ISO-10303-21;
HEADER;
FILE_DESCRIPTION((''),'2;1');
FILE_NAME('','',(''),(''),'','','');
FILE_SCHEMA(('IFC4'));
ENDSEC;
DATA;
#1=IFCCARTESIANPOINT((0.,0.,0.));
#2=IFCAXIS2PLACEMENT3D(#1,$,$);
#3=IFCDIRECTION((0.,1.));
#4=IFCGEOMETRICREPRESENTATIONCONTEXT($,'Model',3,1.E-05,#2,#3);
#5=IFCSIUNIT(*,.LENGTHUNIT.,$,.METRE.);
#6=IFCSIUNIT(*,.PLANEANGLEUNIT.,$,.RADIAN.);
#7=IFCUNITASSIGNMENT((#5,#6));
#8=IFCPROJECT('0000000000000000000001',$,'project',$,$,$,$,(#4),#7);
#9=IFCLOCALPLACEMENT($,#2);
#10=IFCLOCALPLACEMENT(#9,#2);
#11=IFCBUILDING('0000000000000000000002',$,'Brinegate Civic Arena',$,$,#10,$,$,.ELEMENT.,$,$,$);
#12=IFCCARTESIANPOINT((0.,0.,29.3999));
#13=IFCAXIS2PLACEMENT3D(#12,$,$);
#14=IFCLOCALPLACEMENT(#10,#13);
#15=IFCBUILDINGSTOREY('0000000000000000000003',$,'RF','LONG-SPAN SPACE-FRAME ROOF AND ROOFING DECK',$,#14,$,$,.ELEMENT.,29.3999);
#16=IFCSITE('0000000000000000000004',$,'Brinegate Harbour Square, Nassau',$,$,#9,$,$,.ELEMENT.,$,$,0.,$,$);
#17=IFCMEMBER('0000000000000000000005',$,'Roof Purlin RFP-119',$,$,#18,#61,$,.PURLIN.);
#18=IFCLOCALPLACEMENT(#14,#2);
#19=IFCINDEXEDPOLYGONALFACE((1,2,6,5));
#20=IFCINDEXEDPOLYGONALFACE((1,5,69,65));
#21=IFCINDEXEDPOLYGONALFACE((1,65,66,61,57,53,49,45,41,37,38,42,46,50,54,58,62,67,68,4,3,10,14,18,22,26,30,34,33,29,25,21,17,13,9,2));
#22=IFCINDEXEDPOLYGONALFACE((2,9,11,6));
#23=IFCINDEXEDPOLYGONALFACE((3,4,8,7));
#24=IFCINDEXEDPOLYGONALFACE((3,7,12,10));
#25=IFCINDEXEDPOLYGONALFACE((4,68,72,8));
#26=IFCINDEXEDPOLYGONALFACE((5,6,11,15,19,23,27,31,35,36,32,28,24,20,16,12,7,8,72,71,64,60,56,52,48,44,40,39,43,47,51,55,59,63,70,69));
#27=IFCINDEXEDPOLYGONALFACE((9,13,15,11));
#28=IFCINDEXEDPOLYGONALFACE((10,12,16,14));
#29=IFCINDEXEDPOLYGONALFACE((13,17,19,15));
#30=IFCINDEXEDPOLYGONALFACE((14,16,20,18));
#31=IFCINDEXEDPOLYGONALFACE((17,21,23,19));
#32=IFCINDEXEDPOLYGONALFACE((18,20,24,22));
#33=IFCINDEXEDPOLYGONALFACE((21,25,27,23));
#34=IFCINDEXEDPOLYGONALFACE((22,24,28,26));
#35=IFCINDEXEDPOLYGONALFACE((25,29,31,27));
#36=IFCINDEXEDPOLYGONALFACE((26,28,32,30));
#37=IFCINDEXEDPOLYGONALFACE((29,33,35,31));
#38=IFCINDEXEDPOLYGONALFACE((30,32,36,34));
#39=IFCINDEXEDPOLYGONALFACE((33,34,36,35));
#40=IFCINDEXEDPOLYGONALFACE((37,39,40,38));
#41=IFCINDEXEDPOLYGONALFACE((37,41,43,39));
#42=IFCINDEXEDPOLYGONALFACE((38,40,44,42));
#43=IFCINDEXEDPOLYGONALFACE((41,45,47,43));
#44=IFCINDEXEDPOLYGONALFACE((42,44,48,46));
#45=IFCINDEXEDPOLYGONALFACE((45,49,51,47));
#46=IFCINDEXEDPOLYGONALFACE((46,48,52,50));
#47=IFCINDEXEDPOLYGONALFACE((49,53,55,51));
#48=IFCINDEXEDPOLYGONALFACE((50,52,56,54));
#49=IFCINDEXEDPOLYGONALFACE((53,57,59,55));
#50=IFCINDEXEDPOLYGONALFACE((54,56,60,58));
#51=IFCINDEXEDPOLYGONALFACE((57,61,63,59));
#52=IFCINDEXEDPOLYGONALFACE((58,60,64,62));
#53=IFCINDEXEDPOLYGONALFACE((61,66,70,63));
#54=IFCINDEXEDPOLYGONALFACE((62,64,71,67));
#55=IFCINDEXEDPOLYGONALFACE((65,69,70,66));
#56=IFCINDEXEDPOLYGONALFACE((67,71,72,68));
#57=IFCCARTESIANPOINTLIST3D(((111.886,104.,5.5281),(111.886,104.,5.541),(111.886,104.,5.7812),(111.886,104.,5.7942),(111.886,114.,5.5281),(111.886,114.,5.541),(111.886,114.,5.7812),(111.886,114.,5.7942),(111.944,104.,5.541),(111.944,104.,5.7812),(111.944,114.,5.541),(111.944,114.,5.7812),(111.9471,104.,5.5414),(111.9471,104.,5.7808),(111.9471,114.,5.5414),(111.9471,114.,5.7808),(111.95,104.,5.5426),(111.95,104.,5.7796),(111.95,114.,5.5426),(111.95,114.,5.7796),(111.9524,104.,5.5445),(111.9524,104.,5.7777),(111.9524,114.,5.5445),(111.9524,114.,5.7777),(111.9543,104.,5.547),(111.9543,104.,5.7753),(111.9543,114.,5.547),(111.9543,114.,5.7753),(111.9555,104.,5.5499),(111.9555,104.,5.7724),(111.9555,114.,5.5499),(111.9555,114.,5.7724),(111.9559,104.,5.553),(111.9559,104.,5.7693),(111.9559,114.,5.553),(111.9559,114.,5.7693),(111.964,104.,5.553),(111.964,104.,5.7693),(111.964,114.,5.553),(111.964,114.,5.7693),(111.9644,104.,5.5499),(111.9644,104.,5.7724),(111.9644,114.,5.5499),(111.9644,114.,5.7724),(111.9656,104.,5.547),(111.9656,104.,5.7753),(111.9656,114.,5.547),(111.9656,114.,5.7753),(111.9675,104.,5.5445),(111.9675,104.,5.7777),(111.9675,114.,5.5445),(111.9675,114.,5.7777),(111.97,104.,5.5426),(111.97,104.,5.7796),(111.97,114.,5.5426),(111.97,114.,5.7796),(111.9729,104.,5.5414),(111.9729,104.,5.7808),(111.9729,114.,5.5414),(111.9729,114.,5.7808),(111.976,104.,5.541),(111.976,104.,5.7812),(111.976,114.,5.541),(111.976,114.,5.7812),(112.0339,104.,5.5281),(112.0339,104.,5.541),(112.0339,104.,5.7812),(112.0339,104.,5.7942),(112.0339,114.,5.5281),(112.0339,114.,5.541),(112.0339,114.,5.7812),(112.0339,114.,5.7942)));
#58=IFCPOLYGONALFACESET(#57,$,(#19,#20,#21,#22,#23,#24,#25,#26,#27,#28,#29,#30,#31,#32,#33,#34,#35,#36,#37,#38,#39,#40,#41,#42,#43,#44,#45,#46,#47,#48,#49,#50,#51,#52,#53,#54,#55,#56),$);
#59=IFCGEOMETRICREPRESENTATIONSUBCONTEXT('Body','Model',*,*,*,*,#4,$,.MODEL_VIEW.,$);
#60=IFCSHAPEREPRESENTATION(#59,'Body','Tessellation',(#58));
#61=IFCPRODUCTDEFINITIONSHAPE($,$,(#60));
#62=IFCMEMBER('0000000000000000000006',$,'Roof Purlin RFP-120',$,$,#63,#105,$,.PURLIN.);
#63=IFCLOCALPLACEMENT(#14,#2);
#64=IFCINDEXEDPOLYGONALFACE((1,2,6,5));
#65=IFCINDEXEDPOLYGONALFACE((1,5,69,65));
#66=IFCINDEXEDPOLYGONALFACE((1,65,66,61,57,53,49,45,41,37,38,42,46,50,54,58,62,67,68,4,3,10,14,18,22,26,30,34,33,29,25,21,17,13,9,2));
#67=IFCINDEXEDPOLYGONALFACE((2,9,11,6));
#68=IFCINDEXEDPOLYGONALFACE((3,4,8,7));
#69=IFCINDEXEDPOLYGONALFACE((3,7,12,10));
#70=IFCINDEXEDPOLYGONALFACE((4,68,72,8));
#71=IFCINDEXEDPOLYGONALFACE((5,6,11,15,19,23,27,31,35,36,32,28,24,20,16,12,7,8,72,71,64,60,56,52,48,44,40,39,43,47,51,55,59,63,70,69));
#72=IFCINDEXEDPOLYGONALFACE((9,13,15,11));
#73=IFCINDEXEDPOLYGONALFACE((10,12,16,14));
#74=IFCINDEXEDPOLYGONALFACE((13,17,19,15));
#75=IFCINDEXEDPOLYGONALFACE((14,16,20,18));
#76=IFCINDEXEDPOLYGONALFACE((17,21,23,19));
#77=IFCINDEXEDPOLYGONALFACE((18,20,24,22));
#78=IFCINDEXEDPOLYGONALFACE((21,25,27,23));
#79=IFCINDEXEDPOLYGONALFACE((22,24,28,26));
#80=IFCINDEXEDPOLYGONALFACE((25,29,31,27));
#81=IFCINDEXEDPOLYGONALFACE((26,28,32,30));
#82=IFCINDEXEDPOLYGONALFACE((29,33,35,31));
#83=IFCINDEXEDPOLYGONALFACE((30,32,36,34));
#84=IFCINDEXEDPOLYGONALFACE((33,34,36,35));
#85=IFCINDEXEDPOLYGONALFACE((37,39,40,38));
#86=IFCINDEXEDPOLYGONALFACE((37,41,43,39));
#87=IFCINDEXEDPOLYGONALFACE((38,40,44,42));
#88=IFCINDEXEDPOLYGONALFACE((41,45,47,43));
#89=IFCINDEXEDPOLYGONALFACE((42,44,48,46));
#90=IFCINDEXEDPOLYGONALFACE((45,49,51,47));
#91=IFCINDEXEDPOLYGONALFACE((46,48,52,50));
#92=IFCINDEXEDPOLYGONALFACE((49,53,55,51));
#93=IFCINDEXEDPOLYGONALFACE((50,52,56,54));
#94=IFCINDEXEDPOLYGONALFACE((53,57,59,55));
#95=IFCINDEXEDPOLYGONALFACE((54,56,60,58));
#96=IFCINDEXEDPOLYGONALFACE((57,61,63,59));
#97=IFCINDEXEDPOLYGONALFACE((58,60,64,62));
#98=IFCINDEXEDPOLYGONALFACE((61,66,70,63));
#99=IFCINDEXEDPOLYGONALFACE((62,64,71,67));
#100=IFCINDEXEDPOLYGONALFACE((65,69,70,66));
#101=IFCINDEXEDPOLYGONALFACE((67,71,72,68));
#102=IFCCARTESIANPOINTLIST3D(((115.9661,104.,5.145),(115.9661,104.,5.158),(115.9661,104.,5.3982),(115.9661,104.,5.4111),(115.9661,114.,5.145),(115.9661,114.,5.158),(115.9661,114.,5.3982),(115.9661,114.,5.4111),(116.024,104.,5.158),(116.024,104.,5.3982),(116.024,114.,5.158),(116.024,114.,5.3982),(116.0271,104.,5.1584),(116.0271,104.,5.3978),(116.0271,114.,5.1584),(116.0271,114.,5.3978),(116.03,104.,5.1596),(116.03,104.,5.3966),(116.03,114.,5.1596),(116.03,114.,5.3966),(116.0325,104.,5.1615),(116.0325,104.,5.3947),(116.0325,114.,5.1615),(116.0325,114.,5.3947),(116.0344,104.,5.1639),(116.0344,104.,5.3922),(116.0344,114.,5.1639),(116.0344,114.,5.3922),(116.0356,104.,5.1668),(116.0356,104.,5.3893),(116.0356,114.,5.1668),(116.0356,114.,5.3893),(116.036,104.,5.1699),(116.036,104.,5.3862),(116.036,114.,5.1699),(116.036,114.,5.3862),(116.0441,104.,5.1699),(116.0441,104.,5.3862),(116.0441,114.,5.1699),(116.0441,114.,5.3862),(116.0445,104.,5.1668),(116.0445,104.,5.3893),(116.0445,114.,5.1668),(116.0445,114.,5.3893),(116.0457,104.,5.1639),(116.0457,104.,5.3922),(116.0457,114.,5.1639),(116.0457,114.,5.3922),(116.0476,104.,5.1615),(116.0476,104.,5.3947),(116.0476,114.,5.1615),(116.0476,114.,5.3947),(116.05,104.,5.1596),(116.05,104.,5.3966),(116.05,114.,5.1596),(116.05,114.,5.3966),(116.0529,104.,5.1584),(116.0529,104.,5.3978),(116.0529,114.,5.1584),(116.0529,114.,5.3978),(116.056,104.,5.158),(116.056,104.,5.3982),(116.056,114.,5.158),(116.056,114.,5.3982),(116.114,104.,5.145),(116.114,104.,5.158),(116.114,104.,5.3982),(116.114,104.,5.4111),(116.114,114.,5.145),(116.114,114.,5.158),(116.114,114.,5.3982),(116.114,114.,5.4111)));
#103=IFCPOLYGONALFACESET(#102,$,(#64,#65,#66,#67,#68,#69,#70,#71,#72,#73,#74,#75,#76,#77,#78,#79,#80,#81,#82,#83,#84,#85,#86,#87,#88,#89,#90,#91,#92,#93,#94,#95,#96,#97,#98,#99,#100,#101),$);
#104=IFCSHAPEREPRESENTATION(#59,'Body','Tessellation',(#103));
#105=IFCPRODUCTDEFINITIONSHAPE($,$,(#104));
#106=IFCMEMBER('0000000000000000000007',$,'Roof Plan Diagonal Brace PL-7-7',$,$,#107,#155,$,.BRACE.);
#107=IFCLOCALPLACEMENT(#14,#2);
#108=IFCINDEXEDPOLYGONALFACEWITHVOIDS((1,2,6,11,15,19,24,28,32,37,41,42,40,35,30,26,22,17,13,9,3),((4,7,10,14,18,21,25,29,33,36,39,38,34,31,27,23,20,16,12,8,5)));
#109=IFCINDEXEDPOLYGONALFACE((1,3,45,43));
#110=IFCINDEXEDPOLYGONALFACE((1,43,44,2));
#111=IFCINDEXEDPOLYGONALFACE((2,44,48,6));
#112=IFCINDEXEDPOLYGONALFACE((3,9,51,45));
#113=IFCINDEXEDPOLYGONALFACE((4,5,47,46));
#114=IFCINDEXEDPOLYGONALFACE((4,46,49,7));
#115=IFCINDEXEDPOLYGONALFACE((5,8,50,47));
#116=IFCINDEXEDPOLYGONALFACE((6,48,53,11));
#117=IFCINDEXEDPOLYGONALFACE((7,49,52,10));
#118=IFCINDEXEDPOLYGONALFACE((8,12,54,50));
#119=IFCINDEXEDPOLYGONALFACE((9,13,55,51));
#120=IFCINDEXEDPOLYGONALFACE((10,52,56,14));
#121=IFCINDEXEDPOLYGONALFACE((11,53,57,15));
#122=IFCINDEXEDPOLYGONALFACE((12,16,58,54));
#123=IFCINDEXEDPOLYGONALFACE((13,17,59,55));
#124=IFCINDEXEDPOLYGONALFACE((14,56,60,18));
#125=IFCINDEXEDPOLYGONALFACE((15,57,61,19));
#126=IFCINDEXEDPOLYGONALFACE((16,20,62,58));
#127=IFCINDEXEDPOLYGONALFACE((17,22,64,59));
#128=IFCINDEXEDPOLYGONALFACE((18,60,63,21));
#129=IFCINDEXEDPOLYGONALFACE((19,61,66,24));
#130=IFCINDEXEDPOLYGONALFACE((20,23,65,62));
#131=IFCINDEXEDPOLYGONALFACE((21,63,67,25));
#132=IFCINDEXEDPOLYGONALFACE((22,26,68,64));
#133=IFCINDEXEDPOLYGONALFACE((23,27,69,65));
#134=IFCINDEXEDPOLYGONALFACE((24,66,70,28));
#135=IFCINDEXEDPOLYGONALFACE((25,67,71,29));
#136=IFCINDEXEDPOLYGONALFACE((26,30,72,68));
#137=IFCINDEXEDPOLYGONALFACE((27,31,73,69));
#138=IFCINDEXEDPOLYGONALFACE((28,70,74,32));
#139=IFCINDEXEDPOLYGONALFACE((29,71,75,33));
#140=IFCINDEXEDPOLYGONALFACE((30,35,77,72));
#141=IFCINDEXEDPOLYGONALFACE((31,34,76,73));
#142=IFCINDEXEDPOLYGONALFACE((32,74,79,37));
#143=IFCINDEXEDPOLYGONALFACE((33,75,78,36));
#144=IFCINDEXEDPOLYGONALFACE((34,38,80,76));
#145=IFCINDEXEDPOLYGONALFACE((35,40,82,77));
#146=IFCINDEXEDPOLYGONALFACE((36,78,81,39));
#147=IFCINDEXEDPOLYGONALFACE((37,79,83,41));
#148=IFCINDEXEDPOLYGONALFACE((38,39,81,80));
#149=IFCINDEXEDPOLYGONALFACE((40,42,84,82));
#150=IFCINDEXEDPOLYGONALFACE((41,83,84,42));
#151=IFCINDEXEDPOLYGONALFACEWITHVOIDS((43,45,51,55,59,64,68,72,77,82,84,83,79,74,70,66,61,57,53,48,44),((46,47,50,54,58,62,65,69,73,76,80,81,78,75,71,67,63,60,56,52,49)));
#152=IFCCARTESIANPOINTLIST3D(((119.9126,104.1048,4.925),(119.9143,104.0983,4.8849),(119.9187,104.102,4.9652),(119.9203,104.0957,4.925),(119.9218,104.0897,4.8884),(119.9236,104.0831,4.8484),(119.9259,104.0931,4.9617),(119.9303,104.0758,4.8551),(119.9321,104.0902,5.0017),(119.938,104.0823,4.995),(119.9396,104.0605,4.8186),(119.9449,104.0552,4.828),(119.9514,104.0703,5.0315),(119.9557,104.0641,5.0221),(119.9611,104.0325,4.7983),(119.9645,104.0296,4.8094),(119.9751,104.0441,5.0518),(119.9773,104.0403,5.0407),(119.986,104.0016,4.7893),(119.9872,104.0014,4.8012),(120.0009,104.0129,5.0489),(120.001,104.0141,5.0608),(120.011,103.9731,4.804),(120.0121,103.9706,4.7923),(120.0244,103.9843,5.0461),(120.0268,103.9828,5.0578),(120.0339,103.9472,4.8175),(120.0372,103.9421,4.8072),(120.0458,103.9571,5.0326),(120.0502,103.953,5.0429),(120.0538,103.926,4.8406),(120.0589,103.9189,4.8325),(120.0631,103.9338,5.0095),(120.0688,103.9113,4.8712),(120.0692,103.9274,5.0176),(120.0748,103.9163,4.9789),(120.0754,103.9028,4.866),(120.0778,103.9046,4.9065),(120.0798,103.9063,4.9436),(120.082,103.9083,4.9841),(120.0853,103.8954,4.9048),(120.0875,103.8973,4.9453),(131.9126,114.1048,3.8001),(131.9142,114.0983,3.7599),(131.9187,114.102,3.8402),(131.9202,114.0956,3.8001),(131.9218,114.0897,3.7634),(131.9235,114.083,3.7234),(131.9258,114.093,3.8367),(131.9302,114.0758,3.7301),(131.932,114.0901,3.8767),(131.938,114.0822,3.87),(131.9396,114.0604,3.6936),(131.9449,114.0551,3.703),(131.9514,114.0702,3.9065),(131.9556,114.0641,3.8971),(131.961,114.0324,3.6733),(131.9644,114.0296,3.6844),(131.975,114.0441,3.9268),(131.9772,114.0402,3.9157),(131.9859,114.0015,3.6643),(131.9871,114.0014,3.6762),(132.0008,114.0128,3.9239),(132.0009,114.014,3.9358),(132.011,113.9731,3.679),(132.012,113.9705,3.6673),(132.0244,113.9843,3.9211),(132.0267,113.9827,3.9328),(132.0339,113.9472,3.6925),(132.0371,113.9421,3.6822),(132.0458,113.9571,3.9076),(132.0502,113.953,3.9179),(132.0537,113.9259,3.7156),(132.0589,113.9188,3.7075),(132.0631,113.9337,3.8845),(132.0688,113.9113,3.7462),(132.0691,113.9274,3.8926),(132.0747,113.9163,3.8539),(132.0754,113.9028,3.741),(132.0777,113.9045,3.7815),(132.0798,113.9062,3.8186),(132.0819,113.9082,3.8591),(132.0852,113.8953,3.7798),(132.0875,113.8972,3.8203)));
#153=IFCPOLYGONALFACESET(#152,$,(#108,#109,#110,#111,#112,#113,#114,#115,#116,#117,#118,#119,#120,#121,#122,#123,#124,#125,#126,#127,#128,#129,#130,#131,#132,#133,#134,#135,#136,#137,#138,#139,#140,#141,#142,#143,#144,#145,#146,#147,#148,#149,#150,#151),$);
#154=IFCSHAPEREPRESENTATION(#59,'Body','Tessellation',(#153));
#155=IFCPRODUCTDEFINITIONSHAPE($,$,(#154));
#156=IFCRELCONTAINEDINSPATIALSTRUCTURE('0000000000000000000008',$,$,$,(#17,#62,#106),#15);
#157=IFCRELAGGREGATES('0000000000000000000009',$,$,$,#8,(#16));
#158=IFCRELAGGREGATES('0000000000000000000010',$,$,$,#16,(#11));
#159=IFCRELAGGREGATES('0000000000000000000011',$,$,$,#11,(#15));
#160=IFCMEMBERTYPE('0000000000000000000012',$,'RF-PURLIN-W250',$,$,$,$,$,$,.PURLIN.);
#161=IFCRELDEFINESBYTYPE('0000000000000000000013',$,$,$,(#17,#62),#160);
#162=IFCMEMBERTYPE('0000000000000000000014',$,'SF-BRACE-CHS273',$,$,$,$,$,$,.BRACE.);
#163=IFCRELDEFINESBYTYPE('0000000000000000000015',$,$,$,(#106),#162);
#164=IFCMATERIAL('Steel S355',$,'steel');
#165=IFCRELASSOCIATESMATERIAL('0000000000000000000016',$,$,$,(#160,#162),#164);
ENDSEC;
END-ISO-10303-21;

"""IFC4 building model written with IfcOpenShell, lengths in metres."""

from ifc_helpers import new_model, si_unit, direction, frame, origin, origin_2d, place, context, subcontext, project, spatial, hollow_circle, i_section, extrude, material, material_profile, profile_set, type_object, element, save


model = new_model("IFC4")

# Units and contexts
model_context = context("Model", 3, precision=1e-05, world=origin(), true_north=direction((0.0, 1.0)))
body_context = subcontext(model_context, "Body", "Model", "MODEL_VIEW")
ifc_project = project(units=[si_unit("LENGTHUNIT", "METRE"), si_unit("PLANEANGLEUNIT", "RADIAN")], contexts=[model_context])

# Site, building, storey
site_placement = place(None, origin())
site = spatial("IfcSite", under=ifc_project, at=site_placement, Name="Brinegate Harbour Square, Nassau", CompositionType="ELEMENT", RefElevation=0.0)
building_placement = place(site_placement, origin())
building = spatial("IfcBuilding", under=site, at=building_placement, Name="Brinegate Civic Arena", CompositionType="ELEMENT")
storey_placement = place(building_placement, frame((0.0, 0.0, 29.3999)))
storey = spatial("IfcBuildingStorey", under=building, at=storey_placement, Name="RF", Description="LONG-SPAN SPACE-FRAME ROOF AND ROOFING DECK", CompositionType="ELEMENT", Elevation=29.3999)

# Shared definitions
ifc_material_1 = material(Name="Steel S355", Category="steel")

# Members
ifc_material_profile_1 = material_profile(ifc_material_1, i_section(OverallWidth=0.1479, OverallDepth=0.2661, WebThickness=0.0081, FlangeThickness=0.0129, FilletRadius=0.012, at=origin_2d()), Name="W250X45")
ifc_profile_set_1 = profile_set([ifc_material_profile_1], Name="Steel S355")
member_type_1 = type_object("IfcMemberType", Name="RF-PURLIN-W250", PredefinedType="PURLIN", material=ifc_profile_set_1)
for number, where, z_axis, x_axis, name in (
    (1, (111.96, 104.0, 5.6611), (0.0, 1.0, 0.0), (-1.0, 0.0, 0.0), "Roof Purlin RFP-119"),
    (2, (116.04, 104.0, 5.2781), (0.0, 1.0, 0.0), (-1.0, 0.0, 0.0), "Roof Purlin RFP-120"),
):
    element("IfcMember", number, at=place(storey_placement, frame(where, z_axis=z_axis, x_axis=x_axis)), inside=storey, type_object=member_type_1, Name=name, PredefinedType="PURLIN", context=body_context, shape_type="SweptSolid", body=[
        extrude(i_section(OverallWidth=0.1479, OverallDepth=0.2661, WebThickness=0.0081, FlangeThickness=0.0129, FilletRadius=0.012, at=origin_2d()), origin(), (0.0, 0.0, 1.0), 10.0),
    ])
ifc_material_profile_2 = material_profile(ifc_material_1, hollow_circle(Radius=0.1365, WallThickness=0.012, at=origin_2d()), Name="CHS273X12")
ifc_profile_set_2 = profile_set([ifc_material_profile_2], Name="Steel S355")
member_type_2 = type_object("IfcMemberType", Name="SF-BRACE-CHS273", PredefinedType="BRACE", material=ifc_profile_set_2)
member_1_placement = place(storey_placement, frame((120.0, 104.0, 4.925), z_axis=(0.766237, 0.638531, -0.071835), x_axis=(-0.640184, 0.768221, 0.0)))
element("IfcMember", 3, at=member_1_placement, inside=storey, type_object=member_type_2, Name="Roof Plan Diagonal Brace PL-7-7", PredefinedType="BRACE", context=body_context, shape_type="SweptSolid", body=[
    extrude(hollow_circle(Radius=0.1365, WallThickness=0.012, at=origin_2d()), origin(), (0.0, 0.0, 1.0), 15.6609),
])

save(model, "model.ifc")
